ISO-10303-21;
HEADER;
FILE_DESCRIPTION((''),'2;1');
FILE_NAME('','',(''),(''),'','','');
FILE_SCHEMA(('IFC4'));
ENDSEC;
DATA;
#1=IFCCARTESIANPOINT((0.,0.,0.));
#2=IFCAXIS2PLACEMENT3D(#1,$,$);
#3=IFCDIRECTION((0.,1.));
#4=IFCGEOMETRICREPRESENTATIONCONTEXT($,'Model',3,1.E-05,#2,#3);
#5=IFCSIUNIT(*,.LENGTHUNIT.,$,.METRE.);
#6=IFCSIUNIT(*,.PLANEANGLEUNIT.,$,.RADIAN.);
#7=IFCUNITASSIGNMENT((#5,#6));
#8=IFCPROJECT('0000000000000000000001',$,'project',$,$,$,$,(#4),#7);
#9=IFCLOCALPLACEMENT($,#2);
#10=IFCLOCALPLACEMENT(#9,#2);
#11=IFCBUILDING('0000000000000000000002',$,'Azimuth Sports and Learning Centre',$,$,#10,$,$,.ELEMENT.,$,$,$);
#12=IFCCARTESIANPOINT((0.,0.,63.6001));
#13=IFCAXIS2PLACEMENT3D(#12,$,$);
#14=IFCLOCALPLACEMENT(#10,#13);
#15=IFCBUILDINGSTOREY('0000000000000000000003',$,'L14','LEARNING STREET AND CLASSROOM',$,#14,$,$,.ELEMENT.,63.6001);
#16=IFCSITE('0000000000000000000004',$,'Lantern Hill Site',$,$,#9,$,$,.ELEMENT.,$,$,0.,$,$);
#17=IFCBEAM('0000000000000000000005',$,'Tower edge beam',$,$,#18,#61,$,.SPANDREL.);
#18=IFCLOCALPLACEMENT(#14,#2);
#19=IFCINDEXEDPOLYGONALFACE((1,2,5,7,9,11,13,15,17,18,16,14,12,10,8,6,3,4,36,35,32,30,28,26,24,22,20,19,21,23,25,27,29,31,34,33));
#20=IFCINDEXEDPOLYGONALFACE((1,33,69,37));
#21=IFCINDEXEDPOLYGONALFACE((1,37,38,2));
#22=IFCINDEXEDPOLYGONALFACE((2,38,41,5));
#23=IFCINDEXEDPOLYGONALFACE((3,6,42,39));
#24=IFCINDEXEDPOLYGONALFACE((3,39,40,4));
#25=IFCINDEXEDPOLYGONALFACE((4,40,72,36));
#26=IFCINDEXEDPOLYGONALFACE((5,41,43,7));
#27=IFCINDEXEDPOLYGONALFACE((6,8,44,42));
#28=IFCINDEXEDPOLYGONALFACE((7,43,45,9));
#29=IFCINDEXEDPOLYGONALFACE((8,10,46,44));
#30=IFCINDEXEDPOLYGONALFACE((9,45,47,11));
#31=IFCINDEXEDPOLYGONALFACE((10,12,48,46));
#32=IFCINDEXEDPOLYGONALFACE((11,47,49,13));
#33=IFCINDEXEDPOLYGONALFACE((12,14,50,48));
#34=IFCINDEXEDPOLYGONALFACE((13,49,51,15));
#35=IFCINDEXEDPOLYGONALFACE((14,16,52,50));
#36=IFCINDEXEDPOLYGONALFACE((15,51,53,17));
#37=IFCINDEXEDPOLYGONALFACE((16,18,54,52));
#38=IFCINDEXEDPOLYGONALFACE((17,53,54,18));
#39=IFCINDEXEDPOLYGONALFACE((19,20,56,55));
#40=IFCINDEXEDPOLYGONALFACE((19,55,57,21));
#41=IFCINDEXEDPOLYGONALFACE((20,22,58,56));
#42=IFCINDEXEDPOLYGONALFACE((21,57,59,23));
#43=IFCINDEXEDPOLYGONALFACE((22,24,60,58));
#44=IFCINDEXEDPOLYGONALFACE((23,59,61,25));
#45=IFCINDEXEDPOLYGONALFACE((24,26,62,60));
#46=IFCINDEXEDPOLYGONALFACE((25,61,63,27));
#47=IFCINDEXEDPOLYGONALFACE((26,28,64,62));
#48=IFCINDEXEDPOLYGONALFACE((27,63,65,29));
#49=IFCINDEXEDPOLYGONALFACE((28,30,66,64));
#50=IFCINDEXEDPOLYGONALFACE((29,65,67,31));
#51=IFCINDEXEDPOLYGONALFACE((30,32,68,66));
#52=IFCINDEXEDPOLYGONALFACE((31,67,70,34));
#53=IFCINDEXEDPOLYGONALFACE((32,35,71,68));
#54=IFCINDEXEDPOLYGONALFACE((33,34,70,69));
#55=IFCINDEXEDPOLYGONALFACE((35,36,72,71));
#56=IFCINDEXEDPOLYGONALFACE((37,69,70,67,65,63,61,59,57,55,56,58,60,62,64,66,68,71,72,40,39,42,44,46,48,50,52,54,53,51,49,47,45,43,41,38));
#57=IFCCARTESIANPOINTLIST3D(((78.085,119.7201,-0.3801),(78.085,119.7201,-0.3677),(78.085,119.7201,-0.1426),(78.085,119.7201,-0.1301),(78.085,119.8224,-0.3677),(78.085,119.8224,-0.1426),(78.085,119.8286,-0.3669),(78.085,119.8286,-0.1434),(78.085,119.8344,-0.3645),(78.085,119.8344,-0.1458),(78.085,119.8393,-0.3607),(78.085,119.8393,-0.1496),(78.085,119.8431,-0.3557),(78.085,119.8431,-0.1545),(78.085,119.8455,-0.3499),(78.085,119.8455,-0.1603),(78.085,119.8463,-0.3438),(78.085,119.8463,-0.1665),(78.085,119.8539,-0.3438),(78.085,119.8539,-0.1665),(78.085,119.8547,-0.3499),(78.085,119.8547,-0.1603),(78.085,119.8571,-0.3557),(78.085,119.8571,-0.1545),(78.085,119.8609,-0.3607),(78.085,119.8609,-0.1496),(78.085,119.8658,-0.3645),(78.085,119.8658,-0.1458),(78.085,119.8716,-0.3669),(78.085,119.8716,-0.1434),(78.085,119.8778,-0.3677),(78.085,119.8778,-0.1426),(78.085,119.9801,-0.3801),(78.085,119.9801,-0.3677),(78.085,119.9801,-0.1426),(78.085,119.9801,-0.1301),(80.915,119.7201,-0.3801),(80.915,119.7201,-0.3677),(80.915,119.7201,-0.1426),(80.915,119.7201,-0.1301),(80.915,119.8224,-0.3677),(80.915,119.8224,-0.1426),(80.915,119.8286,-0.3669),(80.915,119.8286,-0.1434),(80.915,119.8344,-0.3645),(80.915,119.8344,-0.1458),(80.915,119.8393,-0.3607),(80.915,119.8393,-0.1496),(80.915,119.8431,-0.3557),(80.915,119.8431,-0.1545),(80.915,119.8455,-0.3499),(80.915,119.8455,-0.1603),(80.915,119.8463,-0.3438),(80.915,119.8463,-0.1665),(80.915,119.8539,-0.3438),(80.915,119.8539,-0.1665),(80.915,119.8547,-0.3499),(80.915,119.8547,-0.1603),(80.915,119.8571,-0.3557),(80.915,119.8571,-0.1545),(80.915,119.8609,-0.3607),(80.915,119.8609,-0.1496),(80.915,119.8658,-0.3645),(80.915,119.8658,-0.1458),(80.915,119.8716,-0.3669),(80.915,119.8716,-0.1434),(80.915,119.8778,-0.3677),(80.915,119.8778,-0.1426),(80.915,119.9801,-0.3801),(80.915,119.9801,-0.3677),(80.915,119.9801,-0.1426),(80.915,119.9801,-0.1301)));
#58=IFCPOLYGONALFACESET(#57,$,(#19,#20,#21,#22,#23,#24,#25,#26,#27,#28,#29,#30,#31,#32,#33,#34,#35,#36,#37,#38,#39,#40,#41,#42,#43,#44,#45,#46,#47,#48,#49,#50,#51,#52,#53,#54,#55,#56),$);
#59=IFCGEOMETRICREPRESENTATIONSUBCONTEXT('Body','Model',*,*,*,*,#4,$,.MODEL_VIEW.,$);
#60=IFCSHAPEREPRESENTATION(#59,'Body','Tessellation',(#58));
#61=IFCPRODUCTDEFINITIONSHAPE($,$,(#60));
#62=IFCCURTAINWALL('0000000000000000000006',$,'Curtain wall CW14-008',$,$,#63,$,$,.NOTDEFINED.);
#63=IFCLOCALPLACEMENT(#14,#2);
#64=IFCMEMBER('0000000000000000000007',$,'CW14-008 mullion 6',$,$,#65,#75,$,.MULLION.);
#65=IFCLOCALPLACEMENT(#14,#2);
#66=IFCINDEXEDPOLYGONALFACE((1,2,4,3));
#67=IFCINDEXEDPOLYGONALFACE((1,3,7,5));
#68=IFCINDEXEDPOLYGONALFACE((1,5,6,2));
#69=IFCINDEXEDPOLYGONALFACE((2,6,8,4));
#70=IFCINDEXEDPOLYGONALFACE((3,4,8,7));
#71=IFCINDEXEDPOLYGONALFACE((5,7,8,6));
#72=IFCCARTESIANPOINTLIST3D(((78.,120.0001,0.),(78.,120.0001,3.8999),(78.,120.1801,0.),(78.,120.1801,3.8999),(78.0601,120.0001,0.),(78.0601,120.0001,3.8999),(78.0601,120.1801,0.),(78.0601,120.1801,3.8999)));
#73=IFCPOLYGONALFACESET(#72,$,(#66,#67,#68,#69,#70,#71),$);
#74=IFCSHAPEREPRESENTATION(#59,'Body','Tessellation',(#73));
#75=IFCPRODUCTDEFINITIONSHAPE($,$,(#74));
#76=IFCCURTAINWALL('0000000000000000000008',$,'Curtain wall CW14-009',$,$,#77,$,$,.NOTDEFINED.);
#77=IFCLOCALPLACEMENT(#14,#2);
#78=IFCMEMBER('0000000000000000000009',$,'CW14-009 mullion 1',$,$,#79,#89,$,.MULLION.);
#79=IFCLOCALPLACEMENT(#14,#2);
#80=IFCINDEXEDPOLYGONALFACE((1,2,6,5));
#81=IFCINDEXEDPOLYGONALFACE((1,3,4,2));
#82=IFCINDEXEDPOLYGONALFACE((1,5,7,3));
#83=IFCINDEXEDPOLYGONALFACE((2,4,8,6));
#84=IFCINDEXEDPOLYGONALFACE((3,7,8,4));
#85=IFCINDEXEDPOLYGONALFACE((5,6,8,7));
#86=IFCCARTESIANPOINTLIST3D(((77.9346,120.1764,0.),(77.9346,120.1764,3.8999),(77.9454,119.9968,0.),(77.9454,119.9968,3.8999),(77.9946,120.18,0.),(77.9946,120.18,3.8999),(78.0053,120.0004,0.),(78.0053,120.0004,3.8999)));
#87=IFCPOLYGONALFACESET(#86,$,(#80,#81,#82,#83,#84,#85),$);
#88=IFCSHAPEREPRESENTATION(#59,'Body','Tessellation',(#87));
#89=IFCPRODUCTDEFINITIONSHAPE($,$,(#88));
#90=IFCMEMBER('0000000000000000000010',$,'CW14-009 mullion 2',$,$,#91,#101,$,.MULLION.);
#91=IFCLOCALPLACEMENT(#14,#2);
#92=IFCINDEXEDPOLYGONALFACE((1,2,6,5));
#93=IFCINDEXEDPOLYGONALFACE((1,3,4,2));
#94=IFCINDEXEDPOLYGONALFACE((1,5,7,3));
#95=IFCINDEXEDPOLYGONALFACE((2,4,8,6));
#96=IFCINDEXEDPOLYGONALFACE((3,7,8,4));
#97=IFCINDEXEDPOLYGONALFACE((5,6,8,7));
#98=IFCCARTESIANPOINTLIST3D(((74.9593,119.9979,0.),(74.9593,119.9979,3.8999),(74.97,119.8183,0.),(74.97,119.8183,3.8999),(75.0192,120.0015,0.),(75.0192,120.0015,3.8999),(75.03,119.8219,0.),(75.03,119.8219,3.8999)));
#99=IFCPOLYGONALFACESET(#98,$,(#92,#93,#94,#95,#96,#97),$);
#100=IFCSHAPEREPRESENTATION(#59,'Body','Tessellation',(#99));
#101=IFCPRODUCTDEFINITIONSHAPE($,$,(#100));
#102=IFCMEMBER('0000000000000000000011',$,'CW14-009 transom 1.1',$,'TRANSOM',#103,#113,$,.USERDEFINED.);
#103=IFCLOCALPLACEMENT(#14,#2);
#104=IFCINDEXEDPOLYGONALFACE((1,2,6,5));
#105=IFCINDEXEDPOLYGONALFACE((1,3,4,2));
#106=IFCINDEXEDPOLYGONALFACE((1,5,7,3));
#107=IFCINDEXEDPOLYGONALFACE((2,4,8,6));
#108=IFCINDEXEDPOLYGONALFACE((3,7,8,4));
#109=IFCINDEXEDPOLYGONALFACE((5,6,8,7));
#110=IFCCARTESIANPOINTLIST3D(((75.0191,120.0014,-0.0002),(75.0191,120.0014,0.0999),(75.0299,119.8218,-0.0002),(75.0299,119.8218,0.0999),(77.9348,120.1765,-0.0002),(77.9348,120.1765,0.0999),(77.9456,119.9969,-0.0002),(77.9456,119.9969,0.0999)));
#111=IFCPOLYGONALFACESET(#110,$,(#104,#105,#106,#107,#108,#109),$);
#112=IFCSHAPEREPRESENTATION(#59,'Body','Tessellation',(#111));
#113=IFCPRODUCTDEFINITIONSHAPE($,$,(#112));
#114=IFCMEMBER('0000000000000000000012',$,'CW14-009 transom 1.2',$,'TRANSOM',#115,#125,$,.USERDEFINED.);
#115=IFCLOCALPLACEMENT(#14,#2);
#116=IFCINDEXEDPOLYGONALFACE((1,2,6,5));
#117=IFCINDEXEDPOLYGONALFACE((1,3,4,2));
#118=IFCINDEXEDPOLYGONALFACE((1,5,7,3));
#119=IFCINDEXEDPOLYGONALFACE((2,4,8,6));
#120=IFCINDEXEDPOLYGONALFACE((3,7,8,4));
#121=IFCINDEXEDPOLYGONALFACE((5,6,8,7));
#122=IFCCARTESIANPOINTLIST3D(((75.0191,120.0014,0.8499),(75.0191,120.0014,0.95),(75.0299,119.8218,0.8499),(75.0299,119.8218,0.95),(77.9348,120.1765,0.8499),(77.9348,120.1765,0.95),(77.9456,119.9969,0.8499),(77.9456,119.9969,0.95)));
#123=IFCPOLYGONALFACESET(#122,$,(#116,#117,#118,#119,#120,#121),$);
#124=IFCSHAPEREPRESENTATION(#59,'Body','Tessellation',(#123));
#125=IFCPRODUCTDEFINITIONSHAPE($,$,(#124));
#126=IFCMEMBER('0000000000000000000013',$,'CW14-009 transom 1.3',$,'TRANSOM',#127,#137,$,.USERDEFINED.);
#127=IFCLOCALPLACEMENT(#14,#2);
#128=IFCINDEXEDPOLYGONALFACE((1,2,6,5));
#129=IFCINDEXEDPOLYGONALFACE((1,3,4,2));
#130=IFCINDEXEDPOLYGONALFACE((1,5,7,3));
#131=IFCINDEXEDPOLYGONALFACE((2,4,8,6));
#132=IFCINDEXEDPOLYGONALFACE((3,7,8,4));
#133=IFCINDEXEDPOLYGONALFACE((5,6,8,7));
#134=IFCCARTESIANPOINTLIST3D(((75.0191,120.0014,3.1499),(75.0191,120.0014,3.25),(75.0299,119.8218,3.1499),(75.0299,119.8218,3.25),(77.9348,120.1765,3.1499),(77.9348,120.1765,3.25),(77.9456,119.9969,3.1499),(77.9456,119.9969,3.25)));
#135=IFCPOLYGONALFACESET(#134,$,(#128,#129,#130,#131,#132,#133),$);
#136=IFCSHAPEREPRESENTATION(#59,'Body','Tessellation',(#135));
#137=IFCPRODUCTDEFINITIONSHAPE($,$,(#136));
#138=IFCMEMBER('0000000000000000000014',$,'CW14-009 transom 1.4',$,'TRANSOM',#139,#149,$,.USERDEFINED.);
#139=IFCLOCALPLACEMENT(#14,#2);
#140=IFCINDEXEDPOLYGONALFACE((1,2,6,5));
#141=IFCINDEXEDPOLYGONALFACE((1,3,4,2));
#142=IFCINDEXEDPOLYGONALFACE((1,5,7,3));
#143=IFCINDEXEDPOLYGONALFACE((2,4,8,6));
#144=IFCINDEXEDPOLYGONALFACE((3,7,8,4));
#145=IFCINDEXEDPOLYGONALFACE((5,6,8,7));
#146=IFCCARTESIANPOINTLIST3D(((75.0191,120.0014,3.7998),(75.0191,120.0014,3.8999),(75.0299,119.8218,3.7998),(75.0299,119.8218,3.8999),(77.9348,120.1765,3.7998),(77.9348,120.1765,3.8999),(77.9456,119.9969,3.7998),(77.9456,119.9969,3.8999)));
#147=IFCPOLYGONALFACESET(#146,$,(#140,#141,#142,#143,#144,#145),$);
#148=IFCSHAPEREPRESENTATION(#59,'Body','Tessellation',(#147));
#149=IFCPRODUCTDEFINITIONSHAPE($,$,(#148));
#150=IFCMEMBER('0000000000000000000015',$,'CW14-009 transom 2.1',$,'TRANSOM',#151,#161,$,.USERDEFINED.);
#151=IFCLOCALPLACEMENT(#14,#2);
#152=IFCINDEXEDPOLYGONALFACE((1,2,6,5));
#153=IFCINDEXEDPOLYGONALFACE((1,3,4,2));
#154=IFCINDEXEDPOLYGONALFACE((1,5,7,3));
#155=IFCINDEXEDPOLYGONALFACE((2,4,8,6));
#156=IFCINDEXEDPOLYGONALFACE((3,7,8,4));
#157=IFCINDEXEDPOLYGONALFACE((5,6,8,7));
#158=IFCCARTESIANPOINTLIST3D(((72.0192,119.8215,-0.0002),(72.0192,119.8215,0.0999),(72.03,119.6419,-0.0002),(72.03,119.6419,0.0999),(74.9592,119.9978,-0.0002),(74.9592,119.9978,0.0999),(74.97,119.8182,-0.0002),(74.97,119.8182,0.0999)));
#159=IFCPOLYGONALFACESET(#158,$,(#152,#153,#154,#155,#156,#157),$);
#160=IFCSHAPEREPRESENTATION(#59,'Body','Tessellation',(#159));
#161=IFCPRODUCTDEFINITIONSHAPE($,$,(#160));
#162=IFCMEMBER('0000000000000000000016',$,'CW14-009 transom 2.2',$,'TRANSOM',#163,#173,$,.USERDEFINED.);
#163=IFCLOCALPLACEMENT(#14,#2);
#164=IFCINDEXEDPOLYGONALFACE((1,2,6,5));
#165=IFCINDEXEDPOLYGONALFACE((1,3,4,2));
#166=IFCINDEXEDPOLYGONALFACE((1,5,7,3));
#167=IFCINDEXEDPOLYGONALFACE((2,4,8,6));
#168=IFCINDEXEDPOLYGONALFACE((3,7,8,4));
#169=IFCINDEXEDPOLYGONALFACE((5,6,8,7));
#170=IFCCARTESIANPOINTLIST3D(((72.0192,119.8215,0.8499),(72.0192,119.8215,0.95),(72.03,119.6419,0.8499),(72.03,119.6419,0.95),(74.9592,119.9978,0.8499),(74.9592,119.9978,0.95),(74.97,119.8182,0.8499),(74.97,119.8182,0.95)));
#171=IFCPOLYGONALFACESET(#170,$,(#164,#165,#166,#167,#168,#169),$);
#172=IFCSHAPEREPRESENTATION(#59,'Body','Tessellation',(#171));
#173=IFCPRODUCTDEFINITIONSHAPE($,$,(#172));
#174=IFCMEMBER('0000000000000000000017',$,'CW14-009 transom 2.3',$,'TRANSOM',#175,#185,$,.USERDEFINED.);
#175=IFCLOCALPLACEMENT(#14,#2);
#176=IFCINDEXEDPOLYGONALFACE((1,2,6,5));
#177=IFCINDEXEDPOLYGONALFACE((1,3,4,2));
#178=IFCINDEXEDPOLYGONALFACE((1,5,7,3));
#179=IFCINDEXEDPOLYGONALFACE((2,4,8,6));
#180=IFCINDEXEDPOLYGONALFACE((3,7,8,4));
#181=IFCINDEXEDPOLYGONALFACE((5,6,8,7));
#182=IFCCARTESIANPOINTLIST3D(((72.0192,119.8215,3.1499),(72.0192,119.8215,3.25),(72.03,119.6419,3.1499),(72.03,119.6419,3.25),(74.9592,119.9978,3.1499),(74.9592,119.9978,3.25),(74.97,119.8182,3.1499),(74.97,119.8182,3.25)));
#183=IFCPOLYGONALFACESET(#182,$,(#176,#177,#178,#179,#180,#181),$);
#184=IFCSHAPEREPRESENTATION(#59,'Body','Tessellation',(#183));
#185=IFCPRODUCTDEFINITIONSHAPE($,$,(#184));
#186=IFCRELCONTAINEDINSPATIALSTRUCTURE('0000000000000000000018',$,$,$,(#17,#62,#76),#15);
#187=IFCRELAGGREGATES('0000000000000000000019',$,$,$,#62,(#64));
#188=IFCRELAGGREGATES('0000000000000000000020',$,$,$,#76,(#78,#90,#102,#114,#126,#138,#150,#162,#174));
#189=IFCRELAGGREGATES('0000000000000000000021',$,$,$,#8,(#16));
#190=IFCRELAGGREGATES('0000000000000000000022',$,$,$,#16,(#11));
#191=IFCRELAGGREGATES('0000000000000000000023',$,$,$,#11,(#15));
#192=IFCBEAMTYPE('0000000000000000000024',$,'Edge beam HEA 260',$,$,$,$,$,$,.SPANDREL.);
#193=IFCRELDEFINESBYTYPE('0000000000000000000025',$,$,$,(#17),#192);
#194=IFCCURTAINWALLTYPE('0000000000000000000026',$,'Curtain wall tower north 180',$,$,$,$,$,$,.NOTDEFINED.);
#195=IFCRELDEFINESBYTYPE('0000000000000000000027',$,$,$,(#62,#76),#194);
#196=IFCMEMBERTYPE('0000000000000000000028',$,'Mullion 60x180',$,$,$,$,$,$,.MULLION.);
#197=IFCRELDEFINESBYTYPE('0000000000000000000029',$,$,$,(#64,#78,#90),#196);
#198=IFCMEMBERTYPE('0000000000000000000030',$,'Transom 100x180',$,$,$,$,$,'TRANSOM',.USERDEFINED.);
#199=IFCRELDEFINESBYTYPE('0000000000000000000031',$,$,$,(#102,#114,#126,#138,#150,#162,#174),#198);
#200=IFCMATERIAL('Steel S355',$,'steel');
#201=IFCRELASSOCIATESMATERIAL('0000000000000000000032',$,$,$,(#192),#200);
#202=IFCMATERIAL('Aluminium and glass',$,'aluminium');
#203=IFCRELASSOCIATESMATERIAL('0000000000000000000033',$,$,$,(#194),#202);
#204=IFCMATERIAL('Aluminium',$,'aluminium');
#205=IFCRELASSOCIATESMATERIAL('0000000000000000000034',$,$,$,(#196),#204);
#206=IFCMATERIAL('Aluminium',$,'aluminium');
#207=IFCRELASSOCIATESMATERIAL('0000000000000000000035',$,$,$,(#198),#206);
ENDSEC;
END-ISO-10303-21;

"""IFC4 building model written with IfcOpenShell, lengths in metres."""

from ifc_helpers import new_model, si_unit, direction, frame, origin, origin_2d, place, context, subcontext, project, spatial, rectangle, i_section, extrude, material, material_profile, profile_set, type_object, element, aggregate, save


model = new_model("IFC4")

# Units and contexts
model_context = context("Model", 3, precision=1e-05, world=origin(), true_north=direction((0.0, 1.0)))
body_context = subcontext(model_context, "Body", "Model", "MODEL_VIEW")
ifc_project = project(units=[si_unit("LENGTHUNIT", "METRE"), si_unit("PLANEANGLEUNIT", "RADIAN")], contexts=[model_context])

# Site, building, storey
site_placement = place(None, origin())
site = spatial("IfcSite", under=ifc_project, at=site_placement, Name="Lantern Hill Site", CompositionType="ELEMENT", RefElevation=0.0)
building_placement = place(site_placement, origin())
building = spatial("IfcBuilding", under=site, at=building_placement, Name="Azimuth Sports and Learning Centre", CompositionType="ELEMENT")
storey_placement = place(building_placement, frame((0.0, 0.0, 63.6001)))
storey = spatial("IfcBuildingStorey", under=building, at=storey_placement, Name="L14", Description="LEARNING STREET AND CLASSROOM", CompositionType="ELEMENT", Elevation=63.6001)

# Beam
ifc_material_1 = material(Name="Steel S355", Category="steel")
ifc_material_profile_1 = material_profile(ifc_material_1, i_section(OverallWidth=0.26, OverallDepth=0.25, WebThickness=0.0076, FlangeThickness=0.0125, FilletRadius=0.0239, at=origin_2d()), Name="HEA 260")
ifc_profile_set_1 = profile_set([ifc_material_profile_1], Name="Steel S355")
beam_type = type_object("IfcBeamType", Name="Edge beam HEA 260", PredefinedType="SPANDREL", material=ifc_profile_set_1)
beam_placement = place(storey_placement, frame((78.085, 119.8501, -0.2551), z_axis=(1.0, 0.0, 0.0), x_axis=(0.0, 1.0, 0.0)))
element("IfcBeam", 1, at=beam_placement, inside=storey, type_object=beam_type, Name="Tower edge beam", PredefinedType="SPANDREL", context=body_context, shape_type="SweptSolid", body=[
    extrude(i_section(OverallWidth=0.26, OverallDepth=0.25, WebThickness=0.0076, FlangeThickness=0.0125, FilletRadius=0.0239, at=origin_2d()), origin(), (0.0, 0.0, 1.0), 2.8301),
])

# Curtain wall, member
ifc_material_2 = material(Name="Aluminium and glass", Category="aluminium")
curtain_wall_type = type_object("IfcCurtainWallType", Name="Curtain wall tower north 180", PredefinedType="NOTDEFINED", material=ifc_material_2)
curtain_wall_1_placement = place(storey_placement, origin())
curtain_wall_1 = element("IfcCurtainWall", 2, at=curtain_wall_1_placement, inside=storey, type_object=curtain_wall_type, Name="Curtain wall CW14-008", PredefinedType="NOTDEFINED")
ifc_material_3 = material(Name="Aluminium", Category="aluminium")
ifc_material_profile_2 = material_profile(ifc_material_3, rectangle(XDim=0.1799, YDim=0.0601, at=origin_2d()), Name="Mullion 60x180")
ifc_profile_set_2 = profile_set([ifc_material_profile_2], Name="Aluminium")
member_type_1 = type_object("IfcMemberType", Name="Mullion 60x180", PredefinedType="MULLION", material=ifc_profile_set_2)
member_1_placement = place(storey_placement, frame((78.03, 120.0901, 0.0), z_axis=(0.0, 0.0, 1.0), x_axis=(0.0, -1.0, 0.0)))
member_1 = element("IfcMember", 3, at=member_1_placement, type_object=member_type_1, Name="CW14-008 mullion 6", PredefinedType="MULLION", context=body_context, shape_type="SweptSolid", body=[
    extrude(rectangle(XDim=0.1799, YDim=0.0601, at=origin_2d()), origin(), (0.0, 0.0, 1.0), 3.8999),
])

# Curtain wall, members
curtain_wall_2_placement = place(storey_placement, origin())
curtain_wall_2 = element("IfcCurtainWall", 4, at=curtain_wall_2_placement, inside=storey, type_object=curtain_wall_type, Name="Curtain wall CW14-009", PredefinedType="NOTDEFINED")
member_2_placement = place(storey_placement, frame((77.97, 120.0884, 0.0), z_axis=(0.0, 0.0, 1.0), x_axis=(0.059892, -0.998205, 0.0)))
member_2 = element("IfcMember", 5, at=member_2_placement, type_object=member_type_1, Name="CW14-009 mullion 1", PredefinedType="MULLION", context=body_context, shape_type="SweptSolid", body=[
    extrude(rectangle(XDim=0.1799, YDim=0.0601, at=origin_2d()), origin(), (0.0, 0.0, 1.0), 3.8999),
])
member_3_placement = place(storey_placement, frame((74.9946, 119.9099, 0.0), z_axis=(0.0, 0.0, 1.0), x_axis=(0.059892, -0.998205, 0.0)))
member_3 = element("IfcMember", 6, at=member_3_placement, type_object=member_type_1, Name="CW14-009 mullion 2", PredefinedType="MULLION", context=body_context, shape_type="SweptSolid", body=[
    extrude(rectangle(XDim=0.1799, YDim=0.0601, at=origin_2d()), origin(), (0.0, 0.0, 1.0), 3.8999),
])
ifc_material_4 = material(Name="Aluminium", Category="aluminium")
ifc_material_profile_3 = material_profile(ifc_material_4, rectangle(XDim=0.1799, YDim=0.1001, at=origin_2d()), Name="Transom 100x180")
ifc_profile_set_3 = profile_set([ifc_material_profile_3], Name="Aluminium")
member_type_2 = type_object("IfcMemberType", Name="Transom 100x180", ElementType="TRANSOM", PredefinedType="USERDEFINED", material=ifc_profile_set_3)
member_4_placement = place(storey_placement, frame((77.9402, 120.0867, 0.0498), z_axis=(-0.998202, -0.059932, 0.0), x_axis=(0.059932, -0.998202, 0.0)))
member_4 = element("IfcMember", 7, at=member_4_placement, type_object=member_type_2, Name="CW14-009 transom 1.1", ObjectType="TRANSOM", PredefinedType="USERDEFINED", context=body_context, shape_type="SweptSolid", body=[
    extrude(rectangle(XDim=0.1799, YDim=0.1001, at=origin_2d()), origin(), (0.0, 0.0, 1.0), 2.9209),
])
member_5_placement = place(storey_placement, frame((77.9402, 120.0867, 0.8999), z_axis=(-0.998202, -0.059932, 0.0), x_axis=(0.059932, -0.998202, 0.0)))
member_5 = element("IfcMember", 8, at=member_5_placement, type_object=member_type_2, Name="CW14-009 transom 1.2", ObjectType="TRANSOM", PredefinedType="USERDEFINED", context=body_context, shape_type="SweptSolid", body=[
    extrude(rectangle(XDim=0.1799, YDim=0.1001, at=origin_2d()), origin(), (0.0, 0.0, 1.0), 2.9209),
])
member_6_placement = place(storey_placement, frame((77.9402, 120.0867, 3.2), z_axis=(-0.998202, -0.059932, 0.0), x_axis=(0.059932, -0.998202, 0.0)))
member_6 = element("IfcMember", 9, at=member_6_placement, type_object=member_type_2, Name="CW14-009 transom 1.3", ObjectType="TRANSOM", PredefinedType="USERDEFINED", context=body_context, shape_type="SweptSolid", body=[
    extrude(rectangle(XDim=0.1799, YDim=0.1001, at=origin_2d()), origin(), (0.0, 0.0, 1.0), 2.9209),
])
member_7_placement = place(storey_placement, frame((77.9402, 120.0867, 3.8499), z_axis=(-0.998202, -0.059932, 0.0), x_axis=(0.059932, -0.998202, 0.0)))
member_7 = element("IfcMember", 10, at=member_7_placement, type_object=member_type_2, Name="CW14-009 transom 1.4", ObjectType="TRANSOM", PredefinedType="USERDEFINED", context=body_context, shape_type="SweptSolid", body=[
    extrude(rectangle(XDim=0.1799, YDim=0.1001, at=origin_2d()), origin(), (0.0, 0.0, 1.0), 2.9209),
])
member_8_placement = place(storey_placement, frame((74.9646, 119.908, 0.0498), z_axis=(-0.998207, -0.059849, 0.0), x_axis=(0.059849, -0.998207, 0.0)))
member_8 = element("IfcMember", 11, at=member_8_placement, type_object=member_type_2, Name="CW14-009 transom 2.1", ObjectType="TRANSOM", PredefinedType="USERDEFINED", context=body_context, shape_type="SweptSolid", body=[
    extrude(rectangle(XDim=0.1799, YDim=0.1001, at=origin_2d()), origin(), (0.0, 0.0, 1.0), 2.9453),
])
member_9_placement = place(storey_placement, frame((74.9646, 119.908, 0.8999), z_axis=(-0.998207, -0.059849, 0.0), x_axis=(0.059849, -0.998207, 0.0)))
member_9 = element("IfcMember", 12, at=member_9_placement, type_object=member_type_2, Name="CW14-009 transom 2.2", ObjectType="TRANSOM", PredefinedType="USERDEFINED", context=body_context, shape_type="SweptSolid", body=[
    extrude(rectangle(XDim=0.1799, YDim=0.1001, at=origin_2d()), origin(), (0.0, 0.0, 1.0), 2.9453),
])
member_10_placement = place(storey_placement, frame((74.9646, 119.908, 3.2), z_axis=(-0.998207, -0.059849, 0.0), x_axis=(0.059849, -0.998207, 0.0)))
member_10 = element("IfcMember", 13, at=member_10_placement, type_object=member_type_2, Name="CW14-009 transom 2.3", ObjectType="TRANSOM", PredefinedType="USERDEFINED", context=body_context, shape_type="SweptSolid", body=[
    extrude(rectangle(XDim=0.1799, YDim=0.1001, at=origin_2d()), origin(), (0.0, 0.0, 1.0), 2.9453),
])

aggregate(curtain_wall_1, [member_1])
aggregate(curtain_wall_2, [member_2, member_3, member_4, member_5, member_6, member_7, member_8, member_9, member_10])

save(model, "model.ifc")
